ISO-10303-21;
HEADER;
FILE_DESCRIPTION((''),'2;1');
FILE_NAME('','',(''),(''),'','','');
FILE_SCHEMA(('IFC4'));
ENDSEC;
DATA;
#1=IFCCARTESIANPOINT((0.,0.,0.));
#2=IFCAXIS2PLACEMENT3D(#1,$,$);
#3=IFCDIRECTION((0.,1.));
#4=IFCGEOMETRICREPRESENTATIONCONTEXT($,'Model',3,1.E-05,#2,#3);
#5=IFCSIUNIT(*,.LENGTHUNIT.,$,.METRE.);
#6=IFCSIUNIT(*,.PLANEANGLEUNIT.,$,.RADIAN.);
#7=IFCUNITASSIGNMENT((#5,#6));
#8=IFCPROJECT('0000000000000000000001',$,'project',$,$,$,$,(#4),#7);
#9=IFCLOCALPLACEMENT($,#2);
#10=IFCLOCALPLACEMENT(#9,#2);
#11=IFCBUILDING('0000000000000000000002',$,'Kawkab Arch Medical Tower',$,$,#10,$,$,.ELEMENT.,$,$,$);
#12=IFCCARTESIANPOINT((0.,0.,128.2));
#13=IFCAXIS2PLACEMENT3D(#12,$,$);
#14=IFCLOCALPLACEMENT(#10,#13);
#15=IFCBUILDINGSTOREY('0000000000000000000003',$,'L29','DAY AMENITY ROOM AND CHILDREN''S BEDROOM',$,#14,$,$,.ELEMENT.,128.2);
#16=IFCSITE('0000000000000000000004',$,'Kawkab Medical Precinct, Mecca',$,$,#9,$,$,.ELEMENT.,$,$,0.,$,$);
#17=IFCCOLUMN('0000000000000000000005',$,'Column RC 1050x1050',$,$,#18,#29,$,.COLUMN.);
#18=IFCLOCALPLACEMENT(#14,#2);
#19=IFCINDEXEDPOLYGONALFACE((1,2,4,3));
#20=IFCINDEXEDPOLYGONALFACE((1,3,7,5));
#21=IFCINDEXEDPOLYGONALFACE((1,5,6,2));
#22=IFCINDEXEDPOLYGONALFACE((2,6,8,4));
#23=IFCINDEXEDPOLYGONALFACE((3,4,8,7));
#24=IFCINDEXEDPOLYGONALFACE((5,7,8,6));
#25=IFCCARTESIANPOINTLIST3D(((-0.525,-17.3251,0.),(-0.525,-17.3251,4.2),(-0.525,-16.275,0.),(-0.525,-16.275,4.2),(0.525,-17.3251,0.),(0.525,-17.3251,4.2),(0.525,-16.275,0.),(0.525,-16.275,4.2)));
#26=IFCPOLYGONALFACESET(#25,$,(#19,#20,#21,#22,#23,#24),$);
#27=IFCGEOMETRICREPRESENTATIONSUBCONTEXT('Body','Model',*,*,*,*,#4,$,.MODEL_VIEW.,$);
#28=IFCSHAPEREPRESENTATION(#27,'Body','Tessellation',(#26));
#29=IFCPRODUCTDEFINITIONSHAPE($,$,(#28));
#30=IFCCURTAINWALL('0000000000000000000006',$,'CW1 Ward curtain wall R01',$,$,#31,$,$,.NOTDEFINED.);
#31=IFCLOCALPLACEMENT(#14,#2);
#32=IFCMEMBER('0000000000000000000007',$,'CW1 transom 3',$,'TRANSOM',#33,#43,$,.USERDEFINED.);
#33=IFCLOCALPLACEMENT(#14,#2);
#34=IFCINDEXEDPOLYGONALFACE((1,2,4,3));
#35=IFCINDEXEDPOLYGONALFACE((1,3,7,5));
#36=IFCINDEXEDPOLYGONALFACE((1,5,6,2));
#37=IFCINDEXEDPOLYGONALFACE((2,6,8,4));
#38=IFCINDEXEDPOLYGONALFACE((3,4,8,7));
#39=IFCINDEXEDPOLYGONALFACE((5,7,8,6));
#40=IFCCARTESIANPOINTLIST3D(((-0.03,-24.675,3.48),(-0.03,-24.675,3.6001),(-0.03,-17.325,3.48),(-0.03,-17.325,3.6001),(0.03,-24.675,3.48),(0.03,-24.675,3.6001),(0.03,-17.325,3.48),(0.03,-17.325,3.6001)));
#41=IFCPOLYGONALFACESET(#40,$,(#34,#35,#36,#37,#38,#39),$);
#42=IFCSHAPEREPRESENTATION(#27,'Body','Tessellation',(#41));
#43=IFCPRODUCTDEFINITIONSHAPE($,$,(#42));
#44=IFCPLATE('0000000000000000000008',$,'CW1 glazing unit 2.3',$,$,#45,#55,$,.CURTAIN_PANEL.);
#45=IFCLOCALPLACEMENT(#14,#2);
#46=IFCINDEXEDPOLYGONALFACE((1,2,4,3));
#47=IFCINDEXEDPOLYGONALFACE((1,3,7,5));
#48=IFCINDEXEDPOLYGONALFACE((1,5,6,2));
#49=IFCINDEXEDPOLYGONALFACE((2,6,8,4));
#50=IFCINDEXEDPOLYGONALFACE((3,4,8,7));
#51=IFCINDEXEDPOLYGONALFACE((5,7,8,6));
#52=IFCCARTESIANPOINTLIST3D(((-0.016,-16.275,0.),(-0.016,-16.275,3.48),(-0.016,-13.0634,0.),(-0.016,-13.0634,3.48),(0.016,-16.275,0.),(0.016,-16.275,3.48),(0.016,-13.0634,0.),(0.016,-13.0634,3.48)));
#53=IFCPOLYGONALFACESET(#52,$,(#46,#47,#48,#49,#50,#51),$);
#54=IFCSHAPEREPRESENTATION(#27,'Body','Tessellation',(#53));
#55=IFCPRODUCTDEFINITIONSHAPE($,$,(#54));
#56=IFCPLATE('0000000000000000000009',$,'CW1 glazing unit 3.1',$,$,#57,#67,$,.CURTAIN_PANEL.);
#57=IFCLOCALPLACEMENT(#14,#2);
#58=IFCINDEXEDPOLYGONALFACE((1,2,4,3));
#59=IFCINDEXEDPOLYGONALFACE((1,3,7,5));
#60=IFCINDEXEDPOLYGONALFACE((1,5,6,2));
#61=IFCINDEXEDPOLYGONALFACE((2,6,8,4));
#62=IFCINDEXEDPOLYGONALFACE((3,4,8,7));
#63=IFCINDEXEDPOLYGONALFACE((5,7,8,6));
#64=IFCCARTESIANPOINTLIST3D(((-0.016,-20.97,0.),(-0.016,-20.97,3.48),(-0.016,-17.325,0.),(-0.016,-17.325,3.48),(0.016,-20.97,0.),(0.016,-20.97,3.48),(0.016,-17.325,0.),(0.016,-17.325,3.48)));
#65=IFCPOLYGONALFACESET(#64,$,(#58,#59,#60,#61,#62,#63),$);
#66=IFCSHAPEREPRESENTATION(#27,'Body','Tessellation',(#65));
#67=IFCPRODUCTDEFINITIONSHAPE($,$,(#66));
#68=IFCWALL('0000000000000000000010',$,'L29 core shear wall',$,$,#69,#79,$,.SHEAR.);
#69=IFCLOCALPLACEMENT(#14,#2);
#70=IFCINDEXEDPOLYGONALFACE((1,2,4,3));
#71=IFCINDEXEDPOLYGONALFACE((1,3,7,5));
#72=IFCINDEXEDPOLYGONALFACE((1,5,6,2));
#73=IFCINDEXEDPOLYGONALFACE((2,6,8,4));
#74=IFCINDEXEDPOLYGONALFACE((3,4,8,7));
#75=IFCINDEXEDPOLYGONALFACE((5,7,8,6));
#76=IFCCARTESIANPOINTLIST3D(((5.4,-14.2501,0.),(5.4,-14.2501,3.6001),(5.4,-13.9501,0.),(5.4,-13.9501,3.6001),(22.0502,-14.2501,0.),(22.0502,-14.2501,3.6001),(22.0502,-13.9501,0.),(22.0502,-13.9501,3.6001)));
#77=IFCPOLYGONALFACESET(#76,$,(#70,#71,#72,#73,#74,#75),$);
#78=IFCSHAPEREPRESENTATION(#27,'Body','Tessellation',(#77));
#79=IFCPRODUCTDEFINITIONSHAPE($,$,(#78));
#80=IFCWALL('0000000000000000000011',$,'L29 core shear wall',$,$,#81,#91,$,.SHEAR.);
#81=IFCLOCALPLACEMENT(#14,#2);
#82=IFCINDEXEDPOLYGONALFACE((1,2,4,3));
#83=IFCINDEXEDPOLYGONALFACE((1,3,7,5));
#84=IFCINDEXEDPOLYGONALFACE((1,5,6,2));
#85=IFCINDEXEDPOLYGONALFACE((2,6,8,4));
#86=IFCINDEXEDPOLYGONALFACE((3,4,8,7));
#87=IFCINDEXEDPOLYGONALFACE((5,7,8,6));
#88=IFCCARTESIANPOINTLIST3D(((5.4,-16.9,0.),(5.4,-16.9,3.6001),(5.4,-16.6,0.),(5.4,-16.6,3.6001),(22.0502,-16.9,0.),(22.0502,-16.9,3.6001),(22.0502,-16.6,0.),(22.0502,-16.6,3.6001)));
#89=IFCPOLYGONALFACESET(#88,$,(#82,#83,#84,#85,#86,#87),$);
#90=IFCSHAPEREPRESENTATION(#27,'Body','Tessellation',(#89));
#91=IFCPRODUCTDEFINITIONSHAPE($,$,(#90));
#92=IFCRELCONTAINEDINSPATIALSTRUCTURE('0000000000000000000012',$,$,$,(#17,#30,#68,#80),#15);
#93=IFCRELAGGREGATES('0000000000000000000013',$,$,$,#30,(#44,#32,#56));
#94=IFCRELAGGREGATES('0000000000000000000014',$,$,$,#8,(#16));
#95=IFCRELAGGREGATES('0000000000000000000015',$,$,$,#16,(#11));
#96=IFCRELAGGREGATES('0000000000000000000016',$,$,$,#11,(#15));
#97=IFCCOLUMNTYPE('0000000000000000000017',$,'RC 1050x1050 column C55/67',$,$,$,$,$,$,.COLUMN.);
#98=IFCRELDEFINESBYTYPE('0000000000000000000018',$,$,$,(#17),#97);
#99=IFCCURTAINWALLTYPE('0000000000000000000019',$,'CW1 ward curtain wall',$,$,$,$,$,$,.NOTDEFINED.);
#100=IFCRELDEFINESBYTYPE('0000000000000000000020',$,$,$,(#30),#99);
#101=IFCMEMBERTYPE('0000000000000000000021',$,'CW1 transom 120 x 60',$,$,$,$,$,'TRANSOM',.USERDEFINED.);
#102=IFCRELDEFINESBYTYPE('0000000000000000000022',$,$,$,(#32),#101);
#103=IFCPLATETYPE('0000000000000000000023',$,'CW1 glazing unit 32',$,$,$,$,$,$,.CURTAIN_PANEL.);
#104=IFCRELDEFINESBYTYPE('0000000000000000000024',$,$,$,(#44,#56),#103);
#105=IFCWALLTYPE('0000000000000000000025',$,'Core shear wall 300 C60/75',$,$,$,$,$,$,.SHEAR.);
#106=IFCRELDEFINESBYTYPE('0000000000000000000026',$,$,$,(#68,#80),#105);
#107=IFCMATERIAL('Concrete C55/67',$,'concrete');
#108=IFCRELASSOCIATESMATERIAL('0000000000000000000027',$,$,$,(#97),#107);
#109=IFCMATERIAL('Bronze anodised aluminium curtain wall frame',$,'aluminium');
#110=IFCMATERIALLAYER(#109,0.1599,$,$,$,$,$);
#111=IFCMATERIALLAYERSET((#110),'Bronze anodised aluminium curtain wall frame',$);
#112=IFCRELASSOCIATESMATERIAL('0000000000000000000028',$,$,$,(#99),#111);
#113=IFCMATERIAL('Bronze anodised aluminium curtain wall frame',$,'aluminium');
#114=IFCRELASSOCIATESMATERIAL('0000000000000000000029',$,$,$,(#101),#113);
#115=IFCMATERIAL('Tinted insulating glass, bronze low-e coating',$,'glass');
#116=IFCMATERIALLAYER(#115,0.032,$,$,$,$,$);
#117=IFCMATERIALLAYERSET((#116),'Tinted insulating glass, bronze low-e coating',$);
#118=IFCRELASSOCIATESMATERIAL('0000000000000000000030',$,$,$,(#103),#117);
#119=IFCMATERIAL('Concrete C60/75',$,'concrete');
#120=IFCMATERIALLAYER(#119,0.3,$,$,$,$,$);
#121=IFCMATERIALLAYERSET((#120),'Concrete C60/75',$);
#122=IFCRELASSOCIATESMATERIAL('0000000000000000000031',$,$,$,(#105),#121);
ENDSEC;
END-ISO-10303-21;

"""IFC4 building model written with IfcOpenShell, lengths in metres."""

from ifc_helpers import new_model, si_unit, direction, frame, frame_2d, origin, origin_2d, place, context, subcontext, project, spatial, rectangle, extrude, material, layer, layer_set, material_profile, profile_set, type_object, element, aggregate, save


model = new_model("IFC4")

# Units and contexts
model_context = context("Model", 3, precision=1e-05, world=origin(), true_north=direction((0.0, 1.0)))
body_context = subcontext(model_context, "Body", "Model", "MODEL_VIEW")
ifc_project = project(units=[si_unit("LENGTHUNIT", "METRE"), si_unit("PLANEANGLEUNIT", "RADIAN")], contexts=[model_context])

# Site, building, storey
site_placement = place(None, origin())
site = spatial("IfcSite", under=ifc_project, at=site_placement, Name="Kawkab Medical Precinct, Mecca", CompositionType="ELEMENT", RefElevation=0.0)
building_placement = place(site_placement, origin())
building = spatial("IfcBuilding", under=site, at=building_placement, Name="Kawkab Arch Medical Tower", CompositionType="ELEMENT")
storey_placement = place(building_placement, frame((0.0, 0.0, 128.2)))
storey = spatial("IfcBuildingStorey", under=building, at=storey_placement, Name="L29", Description="DAY AMENITY ROOM AND CHILDREN'S BEDROOM", CompositionType="ELEMENT", Elevation=128.2)

# Column
ifc_material_1 = material(Name="Concrete C55/67", Category="concrete")
ifc_material_profile_1 = material_profile(ifc_material_1, rectangle(XDim=1.05, YDim=1.05, at=origin_2d()), Name="RC 1050x1050")
ifc_profile_set_1 = profile_set([ifc_material_profile_1], Name="Concrete C55/67")
column_type = type_object("IfcColumnType", Name="RC 1050x1050 column C55/67", PredefinedType="COLUMN", material=ifc_profile_set_1)
column_placement = place(storey_placement, frame((0.0, -16.8, 0.0), z_axis=(0.0, 0.0, 1.0), x_axis=(1.0, 0.0, 0.0)))
element("IfcColumn", 1, at=column_placement, inside=storey, type_object=column_type, Name="Column RC 1050x1050", PredefinedType="COLUMN", context=body_context, shape_type="SweptSolid", body=[
    extrude(rectangle(XDim=1.05, YDim=1.05, at=origin_2d()), origin(), (0.0, 0.0, 1.0), 4.2),
])

# Curtain wall, member, plates
ifc_material_2 = material(Name="Bronze anodised aluminium curtain wall frame", Category="aluminium")
ifc_layer_1 = layer(ifc_material_2, 0.1599)
ifc_layer_set_1 = layer_set([ifc_layer_1], Name="Bronze anodised aluminium curtain wall frame")
curtain_wall_type = type_object("IfcCurtainWallType", Name="CW1 ward curtain wall", PredefinedType="NOTDEFINED", material=ifc_layer_set_1)
placement = place(storey_placement, origin())
curtain_wall = element("IfcCurtainWall", 2, at=placement, inside=storey, type_object=curtain_wall_type, Name="CW1 Ward curtain wall R01", PredefinedType="NOTDEFINED")
ifc_material_3 = material(Name="Bronze anodised aluminium curtain wall frame", Category="aluminium")
ifc_material_profile_2 = material_profile(ifc_material_3, rectangle(XDim=0.0601, YDim=0.1201, at=origin_2d()), Name="AL 60x120")
ifc_profile_set_2 = profile_set([ifc_material_profile_2], Name="Bronze anodised aluminium curtain wall frame")
member_type = type_object("IfcMemberType", Name="CW1 transom 120 x 60", ElementType="TRANSOM", PredefinedType="USERDEFINED", material=ifc_profile_set_2)
member_placement = place(storey_placement, frame((0.0, -17.325, 3.54), z_axis=(0.0, -1.0, 0.0), x_axis=(1.0, 0.0, 0.0)))
member = element("IfcMember", 3, at=member_placement, type_object=member_type, Name="CW1 transom 3", ObjectType="TRANSOM", PredefinedType="USERDEFINED", context=body_context, shape_type="SweptSolid", body=[
    extrude(rectangle(XDim=0.0601, YDim=0.1201, at=origin_2d()), origin(), (0.0, 0.0, 1.0), 7.3501),
])
ifc_material_4 = material(Name="Tinted insulating glass, bronze low-e coating", Category="glass")
ifc_layer_2 = layer(ifc_material_4, 0.032)
ifc_layer_set_2 = layer_set([ifc_layer_2], Name="Tinted insulating glass, bronze low-e coating")
plate_type = type_object("IfcPlateType", Name="CW1 glazing unit 32", PredefinedType="CURTAIN_PANEL", material=ifc_layer_set_2)
plate_1_placement = place(storey_placement, frame((0.0, -14.6692, 0.0), z_axis=(0.0, 0.0, 1.0), x_axis=(0.0, -1.0, 0.0)))
plate_1 = element("IfcPlate", 4, at=plate_1_placement, type_object=plate_type, Name="CW1 glazing unit 2.3", PredefinedType="CURTAIN_PANEL", context=body_context, shape_type="SweptSolid", body=[
    extrude(rectangle(XDim=3.2117, YDim=0.032, at=origin_2d()), origin(), (0.0, 0.0, 1.0), 3.48),
])
plate_2_placement = place(storey_placement, frame((0.0, -19.1475, 0.0), z_axis=(0.0, 0.0, 1.0), x_axis=(0.0, -1.0, 0.0)))
plate_2 = element("IfcPlate", 5, at=plate_2_placement, type_object=plate_type, Name="CW1 glazing unit 3.1", PredefinedType="CURTAIN_PANEL", context=body_context, shape_type="SweptSolid", body=[
    extrude(rectangle(XDim=3.645, YDim=0.032, at=origin_2d()), origin(), (0.0, 0.0, 1.0), 3.48),
])
aggregate(curtain_wall, [plate_1, member, plate_2])

# Walls
ifc_material_5 = material(Name="Concrete C60/75", Category="concrete")
ifc_layer_3 = layer(ifc_material_5, 0.3)
ifc_layer_set_3 = layer_set([ifc_layer_3], Name="Concrete C60/75")
wall_type_1 = type_object("IfcWallType", Name="Core shear wall 300 C60/75", PredefinedType="SHEAR", material=ifc_layer_set_3)
for number, where, z_axis, x_axis, name in (
    (6, (5.3999, -14.1001, 0.0), (0.0, 0.0, 1.0), (1.0, 0.0, 0.0), "L29 core shear wall"),
    (7, (5.3999, -16.75, 0.0), (0.0, 0.0, 1.0), (1.0, 0.0, 0.0), "L29 core shear wall"),
):
    element("IfcWall", number, at=place(storey_placement, frame(where, z_axis=z_axis, x_axis=x_axis)), inside=storey, type_object=wall_type_1, Name=name, PredefinedType="SHEAR", context=body_context, shape_type="SweptSolid", body=[
        extrude(rectangle(XDim=16.6501, YDim=0.3, at=frame_2d((8.3252, 0.0))), origin(), (0.0, 0.0, 1.0), 3.6001),
    ])

save(model, "model.ifc")
